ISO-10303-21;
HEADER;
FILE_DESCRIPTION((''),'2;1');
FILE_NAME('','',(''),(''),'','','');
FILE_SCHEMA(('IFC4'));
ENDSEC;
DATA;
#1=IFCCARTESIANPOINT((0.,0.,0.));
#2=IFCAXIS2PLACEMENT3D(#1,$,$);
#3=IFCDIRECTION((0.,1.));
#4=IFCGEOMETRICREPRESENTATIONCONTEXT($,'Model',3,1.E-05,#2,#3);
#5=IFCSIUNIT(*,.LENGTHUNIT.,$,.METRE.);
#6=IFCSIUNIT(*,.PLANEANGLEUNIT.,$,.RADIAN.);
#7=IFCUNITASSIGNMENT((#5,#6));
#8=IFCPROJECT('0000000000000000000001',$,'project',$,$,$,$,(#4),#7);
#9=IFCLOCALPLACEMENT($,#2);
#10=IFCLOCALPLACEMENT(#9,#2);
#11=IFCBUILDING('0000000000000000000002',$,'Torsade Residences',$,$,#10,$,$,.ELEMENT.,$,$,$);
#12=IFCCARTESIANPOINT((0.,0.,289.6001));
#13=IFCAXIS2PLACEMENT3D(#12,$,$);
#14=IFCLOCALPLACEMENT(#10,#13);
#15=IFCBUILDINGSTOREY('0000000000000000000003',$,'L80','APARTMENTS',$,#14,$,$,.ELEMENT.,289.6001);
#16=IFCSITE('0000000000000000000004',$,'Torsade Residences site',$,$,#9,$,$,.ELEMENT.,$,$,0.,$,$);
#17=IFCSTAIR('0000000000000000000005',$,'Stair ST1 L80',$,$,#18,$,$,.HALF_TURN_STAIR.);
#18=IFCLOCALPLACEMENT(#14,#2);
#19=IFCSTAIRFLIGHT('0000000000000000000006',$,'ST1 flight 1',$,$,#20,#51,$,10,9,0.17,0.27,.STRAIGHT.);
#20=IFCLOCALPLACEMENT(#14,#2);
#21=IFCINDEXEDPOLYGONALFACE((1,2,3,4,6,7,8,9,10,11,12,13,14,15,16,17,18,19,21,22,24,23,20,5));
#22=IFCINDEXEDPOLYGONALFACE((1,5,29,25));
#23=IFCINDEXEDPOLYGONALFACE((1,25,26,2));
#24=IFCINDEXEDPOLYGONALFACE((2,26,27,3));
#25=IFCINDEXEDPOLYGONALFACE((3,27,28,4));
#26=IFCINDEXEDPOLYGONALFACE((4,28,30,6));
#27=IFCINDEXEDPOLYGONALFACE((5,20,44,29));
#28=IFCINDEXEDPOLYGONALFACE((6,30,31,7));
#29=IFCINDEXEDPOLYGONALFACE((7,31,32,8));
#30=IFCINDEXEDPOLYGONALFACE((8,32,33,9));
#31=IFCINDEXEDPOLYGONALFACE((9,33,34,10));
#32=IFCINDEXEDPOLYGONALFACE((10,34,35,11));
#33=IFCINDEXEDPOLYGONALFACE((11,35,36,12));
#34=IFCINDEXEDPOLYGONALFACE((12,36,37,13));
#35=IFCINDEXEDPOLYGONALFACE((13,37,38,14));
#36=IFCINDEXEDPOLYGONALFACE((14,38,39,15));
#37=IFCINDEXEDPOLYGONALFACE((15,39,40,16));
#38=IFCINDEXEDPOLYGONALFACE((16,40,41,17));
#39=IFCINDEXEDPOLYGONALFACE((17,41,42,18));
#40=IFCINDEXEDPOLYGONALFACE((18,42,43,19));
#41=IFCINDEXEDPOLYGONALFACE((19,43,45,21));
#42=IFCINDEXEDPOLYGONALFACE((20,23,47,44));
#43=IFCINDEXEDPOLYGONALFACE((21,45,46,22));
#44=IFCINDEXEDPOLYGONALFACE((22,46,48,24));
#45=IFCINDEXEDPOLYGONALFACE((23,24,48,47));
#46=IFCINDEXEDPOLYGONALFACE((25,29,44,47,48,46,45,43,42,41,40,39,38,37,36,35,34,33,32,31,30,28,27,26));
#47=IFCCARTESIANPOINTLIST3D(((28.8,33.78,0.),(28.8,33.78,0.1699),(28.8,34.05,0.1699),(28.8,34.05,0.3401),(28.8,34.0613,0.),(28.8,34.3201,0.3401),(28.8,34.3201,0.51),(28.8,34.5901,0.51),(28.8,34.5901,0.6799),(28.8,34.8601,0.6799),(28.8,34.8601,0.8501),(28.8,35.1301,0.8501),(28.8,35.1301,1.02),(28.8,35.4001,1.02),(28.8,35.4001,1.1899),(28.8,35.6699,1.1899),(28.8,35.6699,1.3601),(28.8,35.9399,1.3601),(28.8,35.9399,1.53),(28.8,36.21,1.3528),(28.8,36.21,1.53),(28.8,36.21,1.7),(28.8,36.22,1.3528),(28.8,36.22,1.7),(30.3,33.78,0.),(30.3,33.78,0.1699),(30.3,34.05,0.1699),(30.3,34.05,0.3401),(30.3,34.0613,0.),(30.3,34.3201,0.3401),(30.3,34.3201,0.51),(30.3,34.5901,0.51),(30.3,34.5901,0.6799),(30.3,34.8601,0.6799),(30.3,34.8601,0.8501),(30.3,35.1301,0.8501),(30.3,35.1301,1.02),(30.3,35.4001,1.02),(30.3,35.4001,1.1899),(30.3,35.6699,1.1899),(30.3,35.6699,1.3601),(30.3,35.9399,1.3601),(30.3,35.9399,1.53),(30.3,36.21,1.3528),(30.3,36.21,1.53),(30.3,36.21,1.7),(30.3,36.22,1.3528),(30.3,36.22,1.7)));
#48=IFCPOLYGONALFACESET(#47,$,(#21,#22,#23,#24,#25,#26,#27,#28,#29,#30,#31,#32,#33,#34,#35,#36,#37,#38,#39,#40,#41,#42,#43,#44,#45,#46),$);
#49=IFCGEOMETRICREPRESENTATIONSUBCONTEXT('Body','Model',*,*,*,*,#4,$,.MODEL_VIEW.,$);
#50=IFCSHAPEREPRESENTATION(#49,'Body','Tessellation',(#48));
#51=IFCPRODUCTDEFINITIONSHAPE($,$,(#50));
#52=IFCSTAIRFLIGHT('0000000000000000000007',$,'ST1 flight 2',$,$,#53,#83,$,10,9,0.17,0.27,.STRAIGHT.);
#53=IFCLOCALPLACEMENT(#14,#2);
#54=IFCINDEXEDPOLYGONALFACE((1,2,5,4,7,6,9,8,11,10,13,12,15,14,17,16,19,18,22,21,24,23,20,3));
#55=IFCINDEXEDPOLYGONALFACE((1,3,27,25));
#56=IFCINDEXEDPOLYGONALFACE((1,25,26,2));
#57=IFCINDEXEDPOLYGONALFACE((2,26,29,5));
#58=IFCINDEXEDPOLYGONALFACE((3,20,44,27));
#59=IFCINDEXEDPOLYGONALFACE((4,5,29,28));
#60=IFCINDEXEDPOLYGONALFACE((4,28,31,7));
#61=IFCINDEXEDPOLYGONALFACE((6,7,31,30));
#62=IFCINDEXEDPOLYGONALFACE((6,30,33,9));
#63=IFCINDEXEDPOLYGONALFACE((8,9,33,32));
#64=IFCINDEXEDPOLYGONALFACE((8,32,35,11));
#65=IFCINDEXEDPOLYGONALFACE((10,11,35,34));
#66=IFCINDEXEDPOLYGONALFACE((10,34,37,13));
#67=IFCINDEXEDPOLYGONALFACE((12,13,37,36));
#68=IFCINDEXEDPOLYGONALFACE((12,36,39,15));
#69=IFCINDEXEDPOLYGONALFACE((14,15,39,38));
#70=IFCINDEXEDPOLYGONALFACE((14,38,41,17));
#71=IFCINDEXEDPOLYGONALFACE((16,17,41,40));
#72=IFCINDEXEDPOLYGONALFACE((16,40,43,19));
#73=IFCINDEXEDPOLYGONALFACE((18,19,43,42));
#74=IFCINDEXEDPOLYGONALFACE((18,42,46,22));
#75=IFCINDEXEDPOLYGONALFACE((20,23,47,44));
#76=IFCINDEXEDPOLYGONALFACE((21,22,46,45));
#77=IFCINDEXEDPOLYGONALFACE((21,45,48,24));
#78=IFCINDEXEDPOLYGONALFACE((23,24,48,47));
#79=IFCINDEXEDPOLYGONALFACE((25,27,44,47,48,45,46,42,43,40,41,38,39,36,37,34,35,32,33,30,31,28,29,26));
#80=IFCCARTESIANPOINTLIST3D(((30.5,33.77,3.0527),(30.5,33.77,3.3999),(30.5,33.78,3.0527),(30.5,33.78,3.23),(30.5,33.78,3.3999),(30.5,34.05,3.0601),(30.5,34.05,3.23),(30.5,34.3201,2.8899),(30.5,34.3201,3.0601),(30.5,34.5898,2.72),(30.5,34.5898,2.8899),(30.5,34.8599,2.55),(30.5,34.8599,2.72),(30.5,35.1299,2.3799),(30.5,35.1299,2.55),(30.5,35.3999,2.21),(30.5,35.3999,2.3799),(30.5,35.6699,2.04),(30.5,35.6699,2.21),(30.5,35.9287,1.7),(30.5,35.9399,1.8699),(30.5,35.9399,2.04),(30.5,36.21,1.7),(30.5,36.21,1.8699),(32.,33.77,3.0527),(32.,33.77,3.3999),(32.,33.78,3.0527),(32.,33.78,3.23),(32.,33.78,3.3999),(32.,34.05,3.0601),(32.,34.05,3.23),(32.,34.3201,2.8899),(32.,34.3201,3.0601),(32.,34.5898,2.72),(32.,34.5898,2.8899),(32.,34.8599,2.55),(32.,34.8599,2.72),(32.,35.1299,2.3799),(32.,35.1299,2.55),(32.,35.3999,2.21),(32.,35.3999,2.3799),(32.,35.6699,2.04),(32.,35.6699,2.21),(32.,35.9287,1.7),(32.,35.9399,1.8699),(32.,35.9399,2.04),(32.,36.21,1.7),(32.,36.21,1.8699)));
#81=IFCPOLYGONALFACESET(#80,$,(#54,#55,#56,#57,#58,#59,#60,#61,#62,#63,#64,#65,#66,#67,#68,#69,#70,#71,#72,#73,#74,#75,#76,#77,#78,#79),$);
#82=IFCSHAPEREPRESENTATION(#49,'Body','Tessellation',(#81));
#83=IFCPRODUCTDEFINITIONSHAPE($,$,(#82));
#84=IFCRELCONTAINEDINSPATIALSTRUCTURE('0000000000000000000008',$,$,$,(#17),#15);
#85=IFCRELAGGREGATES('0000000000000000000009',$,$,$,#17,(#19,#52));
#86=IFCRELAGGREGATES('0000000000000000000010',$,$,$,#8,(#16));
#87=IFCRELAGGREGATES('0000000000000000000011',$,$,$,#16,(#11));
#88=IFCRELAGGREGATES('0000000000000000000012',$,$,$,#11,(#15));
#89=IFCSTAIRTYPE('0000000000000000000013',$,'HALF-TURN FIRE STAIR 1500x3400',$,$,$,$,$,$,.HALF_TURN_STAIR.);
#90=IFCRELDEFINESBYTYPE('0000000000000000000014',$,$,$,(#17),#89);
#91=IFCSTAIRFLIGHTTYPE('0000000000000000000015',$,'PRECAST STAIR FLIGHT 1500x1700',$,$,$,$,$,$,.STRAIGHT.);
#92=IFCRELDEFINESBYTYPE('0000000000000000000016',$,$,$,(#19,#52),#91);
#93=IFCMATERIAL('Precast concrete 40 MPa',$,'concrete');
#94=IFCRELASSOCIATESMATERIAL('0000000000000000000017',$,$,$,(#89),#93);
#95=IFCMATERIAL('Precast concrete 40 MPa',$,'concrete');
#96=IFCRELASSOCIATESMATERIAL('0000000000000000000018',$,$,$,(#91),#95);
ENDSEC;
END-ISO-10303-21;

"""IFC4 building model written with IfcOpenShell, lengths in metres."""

from ifc_helpers import new_model, si_unit, direction, frame, origin, place, context, subcontext, project, spatial, polyline, outline, extrude, material, type_object, element, aggregate, save


model = new_model("IFC4")

# Units and contexts
model_context = context("Model", 3, precision=1e-05, world=origin(), true_north=direction((0.0, 1.0)))
body_context = subcontext(model_context, "Body", "Model", "MODEL_VIEW")
ifc_project = project(units=[si_unit("LENGTHUNIT", "METRE"), si_unit("PLANEANGLEUNIT", "RADIAN")], contexts=[model_context])

# Site, building, storey
site_placement = place(None, origin())
site = spatial("IfcSite", under=ifc_project, at=site_placement, Name="Torsade Residences site", CompositionType="ELEMENT", RefElevation=0.0)
building_placement = place(site_placement, origin())
building = spatial("IfcBuilding", under=site, at=building_placement, Name="Torsade Residences", CompositionType="ELEMENT")
storey_placement = place(building_placement, frame((0.0, 0.0, 289.6001)))
storey = spatial("IfcBuildingStorey", under=building, at=storey_placement, Name="L80", Description="APARTMENTS", CompositionType="ELEMENT", Elevation=289.6001)

# Stair, stair flights
ifc_material_1 = material(Name="Precast concrete 40 MPa", Category="concrete")
stair_type = type_object("IfcStairType", Name="HALF-TURN FIRE STAIR 1500x3400", PredefinedType="HALF_TURN_STAIR", material=ifc_material_1)
stair_placement = place(storey_placement, origin())
stair = element("IfcStair", 1, at=stair_placement, inside=storey, type_object=stair_type, Name="Stair ST1 L80", PredefinedType="HALF_TURN_STAIR")
ifc_material_2 = material(Name="Precast concrete 40 MPa", Category="concrete")
stair_flight_type = type_object("IfcStairFlightType", Name="PRECAST STAIR FLIGHT 1500x1700", PredefinedType="STRAIGHT", material=ifc_material_2)
stair_flight_1_placement = place(storey_placement, frame((29.55, 33.78, 0.0), z_axis=(0.0, 0.0, 1.0), x_axis=(0.0, 1.0, 0.0)))
stair_flight_1 = element("IfcStairFlight", 2, at=stair_flight_1_placement, type_object=stair_flight_type, Name="ST1 flight 1", NumberOfRisers=10, NumberOfTreads=9, PredefinedType="STRAIGHT", RiserHeight=0.17, TreadLength=0.27, context=body_context, shape_type="SweptSolid", body=[
    extrude(outline(polyline([(0.0, 0.0), (0.0, 0.1699), (0.27, 0.1699), (0.27, 0.3401), (0.54, 0.3401), (0.54, 0.51), (0.8101, 0.51), (0.8101, 0.6799), (1.0801, 0.6799), (1.0801, 0.8501), (1.3501, 0.8501), (1.3501, 1.02), (1.6201, 1.02), (1.6201, 1.1899), (1.8899, 1.1899), (1.8899, 1.3601), (2.1599, 1.3601), (2.1599, 1.53), (2.4299, 1.53), (2.4299, 1.7), (2.4399, 1.7), (2.4399, 1.3528), (2.4299, 1.3528), (0.2812, 0.0), (0.0, 0.0)])), frame((0.0, 0.75, 0.0), z_axis=(0.0, -1.0, 0.0), x_axis=(1.0, 0.0, 0.0)), (0.0, 0.0, 1.0), 1.5),
])
stair_flight_2_placement = place(storey_placement, frame((31.25, 36.21, 1.7), z_axis=(0.0, 0.0, 1.0), x_axis=(0.0, -1.0, 0.0)))
stair_flight_2 = element("IfcStairFlight", 3, at=stair_flight_2_placement, type_object=stair_flight_type, Name="ST1 flight 2", NumberOfRisers=10, NumberOfTreads=9, PredefinedType="STRAIGHT", RiserHeight=0.17, TreadLength=0.27, context=body_context, shape_type="SweptSolid", body=[
    extrude(outline(polyline([(0.0, 0.0), (0.0, 0.1699), (0.27, 0.1699), (0.27, 0.3401), (0.54, 0.3401), (0.54, 0.51), (0.8101, 0.51), (0.8101, 0.6799), (1.0801, 0.6799), (1.0801, 0.8501), (1.3501, 0.8501), (1.3501, 1.02), (1.6201, 1.02), (1.6201, 1.1899), (1.8899, 1.1899), (1.8899, 1.3601), (2.1599, 1.3601), (2.1599, 1.53), (2.4299, 1.53), (2.4299, 1.7), (2.4399, 1.7), (2.4399, 1.3528), (2.4299, 1.3528), (0.2812, 0.0), (0.0, 0.0)])), frame((0.0, 0.75, 0.0), z_axis=(0.0, -1.0, 0.0), x_axis=(1.0, 0.0, 0.0)), (0.0, 0.0, 1.0), 1.5),
])
aggregate(stair, [stair_flight_1, stair_flight_2])

save(model, "model.ifc")
